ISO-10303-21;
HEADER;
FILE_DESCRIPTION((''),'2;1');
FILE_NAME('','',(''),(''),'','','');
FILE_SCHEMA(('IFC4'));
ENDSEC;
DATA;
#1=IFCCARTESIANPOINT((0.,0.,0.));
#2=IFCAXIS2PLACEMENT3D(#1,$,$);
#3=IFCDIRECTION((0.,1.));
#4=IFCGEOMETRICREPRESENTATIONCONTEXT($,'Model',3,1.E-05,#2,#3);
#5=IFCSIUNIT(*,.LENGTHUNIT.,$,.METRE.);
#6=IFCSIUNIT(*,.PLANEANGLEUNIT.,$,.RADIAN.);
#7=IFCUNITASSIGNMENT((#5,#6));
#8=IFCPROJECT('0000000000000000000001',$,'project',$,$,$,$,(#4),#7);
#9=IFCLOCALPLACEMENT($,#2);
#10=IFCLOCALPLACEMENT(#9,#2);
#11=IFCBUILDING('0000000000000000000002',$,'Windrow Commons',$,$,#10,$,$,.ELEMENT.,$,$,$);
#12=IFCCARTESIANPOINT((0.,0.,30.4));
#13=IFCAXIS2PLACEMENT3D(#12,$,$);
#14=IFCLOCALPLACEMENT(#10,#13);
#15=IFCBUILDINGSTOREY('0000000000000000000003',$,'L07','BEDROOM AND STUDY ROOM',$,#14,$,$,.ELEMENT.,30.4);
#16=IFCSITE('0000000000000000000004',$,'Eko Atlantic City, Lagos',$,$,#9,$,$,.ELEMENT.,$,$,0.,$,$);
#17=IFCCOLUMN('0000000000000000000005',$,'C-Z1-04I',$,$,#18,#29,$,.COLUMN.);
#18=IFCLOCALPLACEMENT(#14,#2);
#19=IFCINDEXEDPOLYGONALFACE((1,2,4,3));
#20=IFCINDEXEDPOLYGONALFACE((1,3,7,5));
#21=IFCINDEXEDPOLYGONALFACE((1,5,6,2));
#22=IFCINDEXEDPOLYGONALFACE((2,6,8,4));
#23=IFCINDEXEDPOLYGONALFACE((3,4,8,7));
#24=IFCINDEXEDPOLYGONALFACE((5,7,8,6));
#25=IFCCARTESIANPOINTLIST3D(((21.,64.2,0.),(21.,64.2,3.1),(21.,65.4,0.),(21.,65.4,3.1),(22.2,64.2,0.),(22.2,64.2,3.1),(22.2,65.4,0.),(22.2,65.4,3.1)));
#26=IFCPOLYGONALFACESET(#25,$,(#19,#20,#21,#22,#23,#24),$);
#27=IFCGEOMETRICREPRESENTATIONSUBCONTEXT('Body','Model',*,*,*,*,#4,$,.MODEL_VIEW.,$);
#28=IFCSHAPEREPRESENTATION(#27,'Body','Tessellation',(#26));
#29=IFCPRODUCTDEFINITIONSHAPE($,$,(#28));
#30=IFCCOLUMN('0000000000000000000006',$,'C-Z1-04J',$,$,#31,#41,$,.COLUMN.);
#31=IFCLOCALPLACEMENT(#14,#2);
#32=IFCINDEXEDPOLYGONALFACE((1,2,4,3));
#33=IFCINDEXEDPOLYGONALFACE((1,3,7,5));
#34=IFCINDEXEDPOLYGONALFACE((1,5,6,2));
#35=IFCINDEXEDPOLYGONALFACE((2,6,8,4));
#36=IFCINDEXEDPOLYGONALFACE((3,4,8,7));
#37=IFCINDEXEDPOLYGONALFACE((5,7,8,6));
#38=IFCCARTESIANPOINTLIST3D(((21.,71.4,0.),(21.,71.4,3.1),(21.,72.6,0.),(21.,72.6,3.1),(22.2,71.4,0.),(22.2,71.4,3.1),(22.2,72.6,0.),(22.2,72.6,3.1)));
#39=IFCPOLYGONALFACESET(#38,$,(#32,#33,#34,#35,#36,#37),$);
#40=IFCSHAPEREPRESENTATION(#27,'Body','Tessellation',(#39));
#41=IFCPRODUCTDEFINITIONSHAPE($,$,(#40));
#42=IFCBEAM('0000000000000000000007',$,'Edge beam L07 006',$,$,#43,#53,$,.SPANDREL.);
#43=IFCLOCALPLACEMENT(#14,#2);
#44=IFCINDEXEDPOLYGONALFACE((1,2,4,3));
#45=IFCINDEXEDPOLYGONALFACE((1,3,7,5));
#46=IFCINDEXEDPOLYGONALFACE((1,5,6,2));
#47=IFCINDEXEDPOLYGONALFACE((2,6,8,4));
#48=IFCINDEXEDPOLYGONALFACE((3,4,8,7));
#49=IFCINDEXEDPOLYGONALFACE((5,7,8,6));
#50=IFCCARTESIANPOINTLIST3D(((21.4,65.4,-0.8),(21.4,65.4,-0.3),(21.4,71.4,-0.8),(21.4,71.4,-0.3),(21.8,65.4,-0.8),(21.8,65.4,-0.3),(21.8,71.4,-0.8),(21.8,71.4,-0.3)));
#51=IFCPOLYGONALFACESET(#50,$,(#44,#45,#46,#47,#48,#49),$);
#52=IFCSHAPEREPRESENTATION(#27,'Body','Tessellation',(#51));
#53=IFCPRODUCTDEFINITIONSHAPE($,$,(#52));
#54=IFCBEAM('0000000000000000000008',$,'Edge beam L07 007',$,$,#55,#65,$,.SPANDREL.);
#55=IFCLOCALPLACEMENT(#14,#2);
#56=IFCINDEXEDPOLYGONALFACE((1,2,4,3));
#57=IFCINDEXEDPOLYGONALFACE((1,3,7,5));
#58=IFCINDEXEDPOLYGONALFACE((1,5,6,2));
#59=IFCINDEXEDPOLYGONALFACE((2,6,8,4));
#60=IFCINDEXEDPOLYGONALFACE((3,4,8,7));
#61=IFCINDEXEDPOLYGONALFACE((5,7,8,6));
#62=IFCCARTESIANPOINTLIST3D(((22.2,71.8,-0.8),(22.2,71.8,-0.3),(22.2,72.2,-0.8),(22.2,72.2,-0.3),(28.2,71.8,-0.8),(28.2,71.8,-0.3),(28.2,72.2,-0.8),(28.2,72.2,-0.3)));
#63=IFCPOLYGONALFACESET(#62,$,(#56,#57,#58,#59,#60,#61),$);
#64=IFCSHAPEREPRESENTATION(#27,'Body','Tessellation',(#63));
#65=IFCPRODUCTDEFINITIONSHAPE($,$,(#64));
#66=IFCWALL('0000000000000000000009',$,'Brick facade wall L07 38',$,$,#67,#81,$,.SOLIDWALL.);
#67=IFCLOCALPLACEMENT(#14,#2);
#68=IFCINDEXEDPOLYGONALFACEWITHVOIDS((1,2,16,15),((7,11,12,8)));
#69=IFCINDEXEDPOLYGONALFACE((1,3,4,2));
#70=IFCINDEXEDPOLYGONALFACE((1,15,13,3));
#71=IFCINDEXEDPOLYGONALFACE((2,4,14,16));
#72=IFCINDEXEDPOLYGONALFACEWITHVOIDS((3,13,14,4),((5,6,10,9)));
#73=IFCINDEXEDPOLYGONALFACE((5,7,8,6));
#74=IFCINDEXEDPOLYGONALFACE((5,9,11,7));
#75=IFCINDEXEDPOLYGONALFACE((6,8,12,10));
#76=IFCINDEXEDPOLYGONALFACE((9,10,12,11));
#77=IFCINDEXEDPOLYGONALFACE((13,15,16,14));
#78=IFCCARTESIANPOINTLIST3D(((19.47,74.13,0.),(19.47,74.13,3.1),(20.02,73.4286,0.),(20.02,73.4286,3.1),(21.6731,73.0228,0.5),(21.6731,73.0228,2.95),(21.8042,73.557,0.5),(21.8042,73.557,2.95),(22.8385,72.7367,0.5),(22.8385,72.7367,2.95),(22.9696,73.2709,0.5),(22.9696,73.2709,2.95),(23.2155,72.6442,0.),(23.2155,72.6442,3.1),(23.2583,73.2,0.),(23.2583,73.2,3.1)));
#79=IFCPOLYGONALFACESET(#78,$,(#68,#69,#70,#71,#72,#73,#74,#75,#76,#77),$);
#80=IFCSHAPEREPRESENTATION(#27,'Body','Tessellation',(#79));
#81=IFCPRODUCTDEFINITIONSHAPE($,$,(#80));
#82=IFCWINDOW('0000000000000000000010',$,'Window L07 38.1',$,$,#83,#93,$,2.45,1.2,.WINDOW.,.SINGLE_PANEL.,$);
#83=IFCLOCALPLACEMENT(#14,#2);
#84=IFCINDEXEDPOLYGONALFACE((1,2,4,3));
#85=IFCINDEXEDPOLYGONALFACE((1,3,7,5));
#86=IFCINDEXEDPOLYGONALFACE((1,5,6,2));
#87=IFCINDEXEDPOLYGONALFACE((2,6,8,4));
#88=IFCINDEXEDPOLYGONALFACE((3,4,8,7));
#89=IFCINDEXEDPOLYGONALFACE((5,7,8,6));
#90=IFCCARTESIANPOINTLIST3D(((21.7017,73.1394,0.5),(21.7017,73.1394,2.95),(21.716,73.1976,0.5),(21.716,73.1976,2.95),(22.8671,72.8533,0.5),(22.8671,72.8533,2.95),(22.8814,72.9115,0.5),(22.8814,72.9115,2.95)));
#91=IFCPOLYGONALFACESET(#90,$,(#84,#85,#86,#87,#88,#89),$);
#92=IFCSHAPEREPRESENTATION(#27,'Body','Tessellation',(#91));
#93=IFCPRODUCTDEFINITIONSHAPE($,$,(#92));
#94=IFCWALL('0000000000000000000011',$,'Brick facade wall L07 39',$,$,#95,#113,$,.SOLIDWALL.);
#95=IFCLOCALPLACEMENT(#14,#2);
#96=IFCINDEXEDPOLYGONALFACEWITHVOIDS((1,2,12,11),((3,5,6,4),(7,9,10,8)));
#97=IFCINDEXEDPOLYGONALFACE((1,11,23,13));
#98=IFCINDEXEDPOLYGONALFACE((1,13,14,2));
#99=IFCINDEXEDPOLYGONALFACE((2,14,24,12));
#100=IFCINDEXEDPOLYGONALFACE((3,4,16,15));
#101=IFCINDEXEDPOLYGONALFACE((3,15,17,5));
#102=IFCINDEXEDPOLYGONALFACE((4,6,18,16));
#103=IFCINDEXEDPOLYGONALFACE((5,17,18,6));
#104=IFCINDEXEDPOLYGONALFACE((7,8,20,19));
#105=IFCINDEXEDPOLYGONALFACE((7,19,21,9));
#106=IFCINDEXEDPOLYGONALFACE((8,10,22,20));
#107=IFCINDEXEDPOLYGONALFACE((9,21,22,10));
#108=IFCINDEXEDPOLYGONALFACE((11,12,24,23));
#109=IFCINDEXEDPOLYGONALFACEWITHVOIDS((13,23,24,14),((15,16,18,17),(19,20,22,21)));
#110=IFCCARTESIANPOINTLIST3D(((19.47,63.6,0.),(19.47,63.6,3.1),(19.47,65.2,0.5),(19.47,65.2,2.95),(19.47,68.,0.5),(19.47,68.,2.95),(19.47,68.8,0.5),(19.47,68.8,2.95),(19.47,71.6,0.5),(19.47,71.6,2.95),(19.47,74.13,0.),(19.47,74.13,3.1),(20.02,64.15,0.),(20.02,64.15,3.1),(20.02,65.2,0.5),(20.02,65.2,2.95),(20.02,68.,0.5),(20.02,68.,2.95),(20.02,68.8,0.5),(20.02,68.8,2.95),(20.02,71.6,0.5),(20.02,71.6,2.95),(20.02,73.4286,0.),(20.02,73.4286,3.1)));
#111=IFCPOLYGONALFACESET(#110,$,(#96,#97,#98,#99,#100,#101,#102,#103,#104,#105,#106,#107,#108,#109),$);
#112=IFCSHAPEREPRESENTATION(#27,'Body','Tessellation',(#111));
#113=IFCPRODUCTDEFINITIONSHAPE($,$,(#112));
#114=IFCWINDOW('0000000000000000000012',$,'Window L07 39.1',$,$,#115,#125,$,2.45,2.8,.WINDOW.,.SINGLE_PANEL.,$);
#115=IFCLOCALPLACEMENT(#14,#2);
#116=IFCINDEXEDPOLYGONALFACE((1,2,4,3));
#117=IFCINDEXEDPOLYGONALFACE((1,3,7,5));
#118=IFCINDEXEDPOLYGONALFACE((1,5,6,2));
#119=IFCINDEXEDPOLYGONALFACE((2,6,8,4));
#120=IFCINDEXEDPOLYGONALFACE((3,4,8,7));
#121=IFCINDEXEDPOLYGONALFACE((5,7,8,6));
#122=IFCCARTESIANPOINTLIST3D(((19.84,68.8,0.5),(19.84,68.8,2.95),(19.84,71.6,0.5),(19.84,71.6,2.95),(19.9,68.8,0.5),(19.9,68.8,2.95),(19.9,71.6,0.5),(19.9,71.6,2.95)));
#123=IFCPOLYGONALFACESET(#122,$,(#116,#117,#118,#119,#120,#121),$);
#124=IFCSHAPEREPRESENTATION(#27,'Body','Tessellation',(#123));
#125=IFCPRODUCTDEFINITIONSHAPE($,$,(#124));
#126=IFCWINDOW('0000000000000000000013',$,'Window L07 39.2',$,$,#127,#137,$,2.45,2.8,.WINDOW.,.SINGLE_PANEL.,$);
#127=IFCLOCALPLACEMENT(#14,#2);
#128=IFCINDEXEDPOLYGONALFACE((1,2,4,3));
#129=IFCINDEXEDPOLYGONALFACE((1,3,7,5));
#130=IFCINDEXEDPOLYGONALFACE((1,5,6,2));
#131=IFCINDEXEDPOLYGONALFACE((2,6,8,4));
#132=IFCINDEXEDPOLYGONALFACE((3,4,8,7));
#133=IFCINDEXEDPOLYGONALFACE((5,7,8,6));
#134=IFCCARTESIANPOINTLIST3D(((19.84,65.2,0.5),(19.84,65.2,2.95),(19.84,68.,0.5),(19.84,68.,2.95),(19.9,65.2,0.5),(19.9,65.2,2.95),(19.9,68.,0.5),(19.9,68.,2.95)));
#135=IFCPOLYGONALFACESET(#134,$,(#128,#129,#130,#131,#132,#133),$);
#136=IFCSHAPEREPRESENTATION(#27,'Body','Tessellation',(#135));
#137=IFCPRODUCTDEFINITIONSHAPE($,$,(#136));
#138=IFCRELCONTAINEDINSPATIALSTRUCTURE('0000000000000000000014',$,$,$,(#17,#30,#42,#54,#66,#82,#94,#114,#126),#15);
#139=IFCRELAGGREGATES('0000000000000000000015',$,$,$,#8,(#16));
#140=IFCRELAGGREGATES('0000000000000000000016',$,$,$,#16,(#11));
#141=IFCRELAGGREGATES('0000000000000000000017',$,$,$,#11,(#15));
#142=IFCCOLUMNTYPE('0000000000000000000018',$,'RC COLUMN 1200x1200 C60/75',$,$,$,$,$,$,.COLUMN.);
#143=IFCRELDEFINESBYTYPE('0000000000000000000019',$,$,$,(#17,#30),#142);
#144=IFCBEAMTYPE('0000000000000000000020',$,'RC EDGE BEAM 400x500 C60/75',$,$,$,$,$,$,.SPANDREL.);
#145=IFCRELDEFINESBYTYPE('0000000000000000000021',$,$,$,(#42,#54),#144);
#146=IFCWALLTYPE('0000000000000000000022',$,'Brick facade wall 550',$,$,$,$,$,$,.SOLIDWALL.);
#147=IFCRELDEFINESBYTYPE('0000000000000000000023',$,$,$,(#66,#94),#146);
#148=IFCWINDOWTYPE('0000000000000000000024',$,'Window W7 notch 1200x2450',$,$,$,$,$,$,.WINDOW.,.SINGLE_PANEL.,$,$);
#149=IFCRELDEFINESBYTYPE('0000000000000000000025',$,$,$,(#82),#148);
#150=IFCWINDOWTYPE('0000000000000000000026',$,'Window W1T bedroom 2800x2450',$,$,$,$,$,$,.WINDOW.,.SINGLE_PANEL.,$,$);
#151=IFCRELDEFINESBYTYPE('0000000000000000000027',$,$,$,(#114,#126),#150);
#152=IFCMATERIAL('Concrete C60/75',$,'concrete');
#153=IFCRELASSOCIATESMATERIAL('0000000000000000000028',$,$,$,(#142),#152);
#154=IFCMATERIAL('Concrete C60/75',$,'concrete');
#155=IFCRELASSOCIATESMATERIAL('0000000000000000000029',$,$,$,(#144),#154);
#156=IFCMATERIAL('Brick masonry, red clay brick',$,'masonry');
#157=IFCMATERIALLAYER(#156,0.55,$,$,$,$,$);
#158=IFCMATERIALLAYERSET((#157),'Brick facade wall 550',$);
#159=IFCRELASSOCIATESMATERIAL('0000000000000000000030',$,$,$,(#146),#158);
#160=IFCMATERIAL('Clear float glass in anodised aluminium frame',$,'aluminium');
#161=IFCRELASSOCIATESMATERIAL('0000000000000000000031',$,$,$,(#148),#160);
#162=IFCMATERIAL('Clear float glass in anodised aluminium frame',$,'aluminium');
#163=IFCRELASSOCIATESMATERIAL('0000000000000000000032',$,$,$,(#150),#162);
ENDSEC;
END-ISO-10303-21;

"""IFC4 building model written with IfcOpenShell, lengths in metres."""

from ifc_helpers import new_model, si_unit, direction, frame, frame_2d, origin, origin_2d, place, context, subcontext, project, spatial, polyline, rectangle, outline, extrude, material, layer, layer_set, material_profile, profile_set, type_object, element, fill, save


model = new_model("IFC4")

# Units and contexts
model_context = context("Model", 3, precision=1e-05, world=origin(), true_north=direction((0.0, 1.0)))
body_context = subcontext(model_context, "Body", "Model", "MODEL_VIEW")
ifc_project = project(units=[si_unit("LENGTHUNIT", "METRE"), si_unit("PLANEANGLEUNIT", "RADIAN")], contexts=[model_context])

# Site, building, storey
site_placement = place(None, origin())
site = spatial("IfcSite", under=ifc_project, at=site_placement, Name="Eko Atlantic City, Lagos", CompositionType="ELEMENT", RefElevation=0.0)
building_placement = place(site_placement, origin())
building = spatial("IfcBuilding", under=site, at=building_placement, Name="Windrow Commons", CompositionType="ELEMENT")
storey_placement = place(building_placement, frame((0.0, 0.0, 30.4)))
storey = spatial("IfcBuildingStorey", under=building, at=storey_placement, Name="L07", Description="BEDROOM AND STUDY ROOM", CompositionType="ELEMENT", Elevation=30.4)

# Columns
ifc_material_1 = material(Name="Concrete C60/75", Category="concrete")
ifc_material_profile_1 = material_profile(ifc_material_1, rectangle(XDim=1.2, YDim=1.2, at=origin_2d()))
ifc_profile_set_1 = profile_set([ifc_material_profile_1], Name="Concrete C60/75")
column_type = type_object("IfcColumnType", Name="RC COLUMN 1200x1200 C60/75", PredefinedType="COLUMN", material=ifc_profile_set_1)
for number, where, z_axis, x_axis, name in (
    (1, (21.6, 64.8, 0.0), (0.0, 0.0, 1.0), (1.0, 0.0, 0.0), "C-Z1-04I"),
    (2, (21.6, 72.0, 0.0), (0.0, 0.0, 1.0), (1.0, 0.0, 0.0), "C-Z1-04J"),
):
    element("IfcColumn", number, at=place(storey_placement, frame(where, z_axis=z_axis, x_axis=x_axis)), inside=storey, type_object=column_type, Name=name, PredefinedType="COLUMN", context=body_context, shape_type="SweptSolid", body=[
        extrude(rectangle(XDim=1.2, YDim=1.2, at=origin_2d()), origin(), (0.0, 0.0, 1.0), 3.1),
    ])

# Beams
ifc_material_2 = material(Name="Concrete C60/75", Category="concrete")
ifc_material_profile_2 = material_profile(ifc_material_2, rectangle(XDim=0.4, YDim=0.5, at=origin_2d()))
ifc_profile_set_2 = profile_set([ifc_material_profile_2], Name="Concrete C60/75")
beam_type = type_object("IfcBeamType", Name="RC EDGE BEAM 400x500 C60/75", PredefinedType="SPANDREL", material=ifc_profile_set_2)
for number, where, z_axis, x_axis, name in (
    (3, (21.6, 65.4, -0.55), (0.0, 1.0, 0.0), (-1.0, 0.0, 0.0), "Edge beam L07 006"),
    (4, (22.2, 72.0, -0.55), (1.0, 0.0, 0.0), (0.0, 1.0, 0.0), "Edge beam L07 007"),
):
    element("IfcBeam", number, at=place(storey_placement, frame(where, z_axis=z_axis, x_axis=x_axis)), inside=storey, type_object=beam_type, Name=name, PredefinedType="SPANDREL", context=body_context, shape_type="SweptSolid", body=[
        extrude(rectangle(XDim=0.4, YDim=0.5, at=origin_2d()), origin(), (0.0, 0.0, 1.0), 6.0),
    ])

# Wall, opening, window
ifc_material_3 = material(Name="Brick masonry, red clay brick", Category="masonry")
ifc_layer_1 = layer(ifc_material_3, 0.55)
ifc_layer_set_1 = layer_set([ifc_layer_1], Name="Brick facade wall 550")
wall_type_1 = type_object("IfcWallType", Name="Brick facade wall 550", PredefinedType="SOLIDWALL", material=ifc_layer_set_1)
wall_1_placement = place(storey_placement, frame((23.2369, 72.9221, 0.0), z_axis=(0.0, 0.0, 1.0), x_axis=(-0.971166, 0.238404, 0.0)))
wall_1 = element("IfcWall", 5, at=wall_1_placement, inside=storey, type_object=wall_type_1, Name="Brick facade wall L07 38", PredefinedType="SOLIDWALL", context=body_context, shape_type="SweptSolid", body=[
    extrude(outline(polyline([(0.0455, -0.275), (3.9462, -0.275), (3.2449, 0.275), (-0.0455, 0.275), (0.0455, -0.275)])), origin(), (0.0, 0.0, 1.0), 3.1),
])
opening_1_placement = place(wall_1_placement, frame((0.3427, 0.0, 0.5)))
opening_1 = element("IfcOpeningElement", 6, at=opening_1_placement, cuts=wall_1, PredefinedType="OPENING", context=body_context, shape_type="SweptSolid", body=[
    extrude(rectangle(XDim=1.2, YDim=2.45, at=frame_2d((0.6, 1.225))), frame((0.0, 0.285, 0.0), z_axis=(0.0, -1.0, 0.0), x_axis=(1.0, 0.0, 0.0)), (0.0, 0.0, 1.0), 0.57),
])
ifc_material_4 = material(Name="Clear float glass in anodised aluminium frame", Category="aluminium")
window_type_1 = type_object("IfcWindowType", Name="Window W7 notch 1200x2450", PartitioningType="SINGLE_PANEL", PredefinedType="WINDOW", material=ifc_material_4)
window_1_placement = place(opening_1_placement, origin())
window_1 = element("IfcWindow", 7, at=window_1_placement, inside=storey, type_object=window_type_1, Name="Window L07 38.1", OverallHeight=2.45, OverallWidth=1.2, PartitioningType="SINGLE_PANEL", PredefinedType="WINDOW", context=body_context, shape_type="SweptSolid", body=[
    extrude(rectangle(XDim=1.2, YDim=2.45, at=frame_2d((0.6, 1.225))), frame((0.0, 0.155, 0.0), z_axis=(0.0, -1.0, 0.0), x_axis=(1.0, 0.0, 0.0)), (0.0, 0.0, 1.0), 0.06),
])
fill(opening_1, window_1)

# Wall, openings, windows
wall_2_placement = place(storey_placement, frame((19.745, 73.7793, 0.0), z_axis=(0.0, 0.0, 1.0), x_axis=(0.0, -1.0, 0.0)))
wall_2 = element("IfcWall", 8, at=wall_2_placement, inside=storey, type_object=wall_type_1, Name="Brick facade wall L07 39", PredefinedType="SOLIDWALL", context=body_context, shape_type="SweptSolid", body=[
    extrude(outline(polyline([(-0.3507, -0.275), (10.1793, -0.275), (9.6293, 0.275), (0.3507, 0.275), (-0.3507, -0.275)])), origin(), (0.0, 0.0, 1.0), 3.1),
])
opening_2_placement = place(wall_2_placement, frame((2.1793, 0.0, 0.5)))
opening_2 = element("IfcOpeningElement", 9, at=opening_2_placement, cuts=wall_2, PredefinedType="OPENING", context=body_context, shape_type="SweptSolid", body=[
    extrude(rectangle(XDim=2.8, YDim=2.45, at=frame_2d((1.4, 1.225))), frame((0.0, 0.285, 0.0), z_axis=(0.0, -1.0, 0.0), x_axis=(1.0, 0.0, 0.0)), (0.0, 0.0, 1.0), 0.57),
])
opening_3_placement = place(wall_2_placement, frame((5.7793, 0.0, 0.5)))
opening_3 = element("IfcOpeningElement", 10, at=opening_3_placement, cuts=wall_2, PredefinedType="OPENING", context=body_context, shape_type="SweptSolid", body=[
    extrude(rectangle(XDim=2.8, YDim=2.45, at=frame_2d((1.4, 1.225))), frame((0.0, 0.285, 0.0), z_axis=(0.0, -1.0, 0.0), x_axis=(1.0, 0.0, 0.0)), (0.0, 0.0, 1.0), 0.57),
])
ifc_material_5 = material(Name="Clear float glass in anodised aluminium frame", Category="aluminium")
window_type_2 = type_object("IfcWindowType", Name="Window W1T bedroom 2800x2450", PartitioningType="SINGLE_PANEL", PredefinedType="WINDOW", material=ifc_material_5)
window_2_placement = place(opening_2_placement, origin())
window_2 = element("IfcWindow", 11, at=window_2_placement, inside=storey, type_object=window_type_2, Name="Window L07 39.1", OverallHeight=2.45, OverallWidth=2.8, PartitioningType="SINGLE_PANEL", PredefinedType="WINDOW", context=body_context, shape_type="SweptSolid", body=[
    extrude(rectangle(XDim=2.8, YDim=2.45, at=frame_2d((1.4, 1.225))), frame((0.0, 0.155, 0.0), z_axis=(0.0, -1.0, 0.0), x_axis=(1.0, 0.0, 0.0)), (0.0, 0.0, 1.0), 0.06),
])
fill(opening_2, window_2)
window_3_placement = place(opening_3_placement, origin())
window_3 = element("IfcWindow", 12, at=window_3_placement, inside=storey, type_object=window_type_2, Name="Window L07 39.2", OverallHeight=2.45, OverallWidth=2.8, PartitioningType="SINGLE_PANEL", PredefinedType="WINDOW", context=body_context, shape_type="SweptSolid", body=[
    extrude(rectangle(XDim=2.8, YDim=2.45, at=frame_2d((1.4, 1.225))), frame((0.0, 0.155, 0.0), z_axis=(0.0, -1.0, 0.0), x_axis=(1.0, 0.0, 0.0)), (0.0, 0.0, 1.0), 0.06),
])
fill(opening_3, window_3)

save(model, "model.ifc")
